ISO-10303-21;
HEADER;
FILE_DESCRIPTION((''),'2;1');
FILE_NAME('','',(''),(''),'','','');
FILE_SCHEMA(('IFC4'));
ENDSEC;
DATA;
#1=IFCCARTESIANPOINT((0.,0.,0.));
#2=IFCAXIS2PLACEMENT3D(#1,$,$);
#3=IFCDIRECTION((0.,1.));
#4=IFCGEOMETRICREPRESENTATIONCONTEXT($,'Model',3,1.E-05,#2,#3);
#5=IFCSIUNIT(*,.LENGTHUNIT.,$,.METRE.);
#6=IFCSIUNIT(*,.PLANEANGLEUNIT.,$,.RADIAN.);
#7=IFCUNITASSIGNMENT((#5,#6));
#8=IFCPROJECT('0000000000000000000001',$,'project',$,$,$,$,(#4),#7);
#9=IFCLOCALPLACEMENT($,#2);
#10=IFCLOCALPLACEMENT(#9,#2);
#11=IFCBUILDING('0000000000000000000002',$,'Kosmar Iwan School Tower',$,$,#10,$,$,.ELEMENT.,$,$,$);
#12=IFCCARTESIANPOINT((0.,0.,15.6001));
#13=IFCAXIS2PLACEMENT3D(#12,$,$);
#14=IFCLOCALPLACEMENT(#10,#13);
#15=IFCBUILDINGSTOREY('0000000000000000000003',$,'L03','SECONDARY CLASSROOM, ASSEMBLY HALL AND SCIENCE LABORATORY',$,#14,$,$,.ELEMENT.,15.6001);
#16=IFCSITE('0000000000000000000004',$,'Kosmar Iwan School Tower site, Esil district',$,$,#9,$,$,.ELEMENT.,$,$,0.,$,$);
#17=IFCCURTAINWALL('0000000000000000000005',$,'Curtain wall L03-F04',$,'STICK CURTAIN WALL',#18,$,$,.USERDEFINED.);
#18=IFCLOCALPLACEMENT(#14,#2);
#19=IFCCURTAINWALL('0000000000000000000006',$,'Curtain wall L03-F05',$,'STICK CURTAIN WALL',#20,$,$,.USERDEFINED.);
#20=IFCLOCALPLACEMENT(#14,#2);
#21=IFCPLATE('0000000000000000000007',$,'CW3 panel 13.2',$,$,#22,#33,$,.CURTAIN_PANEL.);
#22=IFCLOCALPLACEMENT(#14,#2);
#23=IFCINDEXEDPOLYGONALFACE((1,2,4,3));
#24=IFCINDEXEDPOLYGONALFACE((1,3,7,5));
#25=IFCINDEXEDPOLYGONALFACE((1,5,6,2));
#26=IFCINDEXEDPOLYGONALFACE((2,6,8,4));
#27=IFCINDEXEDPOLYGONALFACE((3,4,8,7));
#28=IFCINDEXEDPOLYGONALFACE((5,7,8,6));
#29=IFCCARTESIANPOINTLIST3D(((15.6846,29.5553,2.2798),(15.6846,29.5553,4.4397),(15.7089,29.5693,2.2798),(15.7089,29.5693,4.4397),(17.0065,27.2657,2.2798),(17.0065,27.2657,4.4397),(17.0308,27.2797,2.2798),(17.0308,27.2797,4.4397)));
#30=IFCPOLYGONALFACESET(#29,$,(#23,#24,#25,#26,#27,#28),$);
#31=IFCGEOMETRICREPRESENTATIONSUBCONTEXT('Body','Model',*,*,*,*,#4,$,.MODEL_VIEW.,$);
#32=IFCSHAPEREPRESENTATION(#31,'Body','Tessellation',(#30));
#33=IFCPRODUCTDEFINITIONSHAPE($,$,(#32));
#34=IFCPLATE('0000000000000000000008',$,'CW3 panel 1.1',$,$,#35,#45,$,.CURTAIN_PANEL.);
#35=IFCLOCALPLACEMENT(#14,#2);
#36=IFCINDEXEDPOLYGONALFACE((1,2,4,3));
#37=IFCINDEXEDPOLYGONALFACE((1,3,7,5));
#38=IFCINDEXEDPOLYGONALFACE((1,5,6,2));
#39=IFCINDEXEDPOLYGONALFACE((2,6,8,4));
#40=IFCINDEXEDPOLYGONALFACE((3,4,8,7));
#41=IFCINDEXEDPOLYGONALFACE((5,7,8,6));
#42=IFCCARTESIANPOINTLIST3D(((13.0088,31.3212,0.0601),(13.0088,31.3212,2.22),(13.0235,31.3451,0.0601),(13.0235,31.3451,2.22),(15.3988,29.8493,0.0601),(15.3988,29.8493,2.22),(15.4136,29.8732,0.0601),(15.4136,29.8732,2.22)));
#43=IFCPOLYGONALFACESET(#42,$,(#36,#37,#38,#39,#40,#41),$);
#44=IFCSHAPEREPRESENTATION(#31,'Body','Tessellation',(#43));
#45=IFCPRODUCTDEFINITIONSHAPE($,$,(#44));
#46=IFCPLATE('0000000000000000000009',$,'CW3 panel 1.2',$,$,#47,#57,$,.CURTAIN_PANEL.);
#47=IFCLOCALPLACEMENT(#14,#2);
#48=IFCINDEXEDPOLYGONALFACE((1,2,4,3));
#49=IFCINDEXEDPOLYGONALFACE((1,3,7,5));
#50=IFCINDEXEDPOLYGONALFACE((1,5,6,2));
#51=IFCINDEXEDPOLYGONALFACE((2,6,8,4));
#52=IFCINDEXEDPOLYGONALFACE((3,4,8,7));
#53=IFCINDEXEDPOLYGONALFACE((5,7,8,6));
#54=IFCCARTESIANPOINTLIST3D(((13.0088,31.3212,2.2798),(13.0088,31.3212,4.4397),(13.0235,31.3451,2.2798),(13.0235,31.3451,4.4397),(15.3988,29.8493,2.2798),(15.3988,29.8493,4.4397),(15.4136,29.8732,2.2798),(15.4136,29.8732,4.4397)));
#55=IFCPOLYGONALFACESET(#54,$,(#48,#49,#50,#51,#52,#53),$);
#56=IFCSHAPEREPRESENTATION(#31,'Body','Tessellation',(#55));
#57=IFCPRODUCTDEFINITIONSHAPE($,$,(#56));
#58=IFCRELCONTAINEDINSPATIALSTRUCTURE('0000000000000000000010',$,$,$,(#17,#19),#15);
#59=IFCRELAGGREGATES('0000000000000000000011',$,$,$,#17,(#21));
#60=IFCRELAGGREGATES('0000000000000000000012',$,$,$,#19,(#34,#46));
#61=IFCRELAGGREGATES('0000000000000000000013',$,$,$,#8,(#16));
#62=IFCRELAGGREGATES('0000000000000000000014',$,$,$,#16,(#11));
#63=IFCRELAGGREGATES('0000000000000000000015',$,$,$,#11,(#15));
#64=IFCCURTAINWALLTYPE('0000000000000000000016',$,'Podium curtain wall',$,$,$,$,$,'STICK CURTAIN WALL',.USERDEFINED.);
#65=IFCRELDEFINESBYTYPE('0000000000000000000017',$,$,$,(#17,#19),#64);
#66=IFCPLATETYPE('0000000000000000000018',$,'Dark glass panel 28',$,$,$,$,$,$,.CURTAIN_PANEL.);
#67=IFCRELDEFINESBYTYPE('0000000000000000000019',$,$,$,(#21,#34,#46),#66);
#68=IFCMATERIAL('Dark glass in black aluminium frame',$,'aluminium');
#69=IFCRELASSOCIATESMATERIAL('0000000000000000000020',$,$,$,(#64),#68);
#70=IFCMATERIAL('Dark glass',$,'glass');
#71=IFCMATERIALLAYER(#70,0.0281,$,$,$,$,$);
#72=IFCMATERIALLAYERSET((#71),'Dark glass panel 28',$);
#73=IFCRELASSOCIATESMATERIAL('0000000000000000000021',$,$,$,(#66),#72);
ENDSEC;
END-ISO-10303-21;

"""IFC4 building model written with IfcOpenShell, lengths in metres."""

from ifc_helpers import new_model, si_unit, direction, frame, origin, origin_2d, place, context, subcontext, project, spatial, rectangle, extrude, material, layer, layer_set, type_object, element, aggregate, save


model = new_model("IFC4")

# Units and contexts
model_context = context("Model", 3, precision=1e-05, world=origin(), true_north=direction((0.0, 1.0)))
body_context = subcontext(model_context, "Body", "Model", "MODEL_VIEW")
ifc_project = project(units=[si_unit("LENGTHUNIT", "METRE"), si_unit("PLANEANGLEUNIT", "RADIAN")], contexts=[model_context])

# Site, building, storey
site_placement = place(None, origin())
site = spatial("IfcSite", under=ifc_project, at=site_placement, Name="Kosmar Iwan School Tower site, Esil district", CompositionType="ELEMENT", RefElevation=0.0)
building_placement = place(site_placement, origin())
building = spatial("IfcBuilding", under=site, at=building_placement, Name="Kosmar Iwan School Tower", CompositionType="ELEMENT")
storey_placement = place(building_placement, frame((0.0, 0.0, 15.6001)))
storey = spatial("IfcBuildingStorey", under=building, at=storey_placement, Name="L03", Description="SECONDARY CLASSROOM, ASSEMBLY HALL AND SCIENCE LABORATORY", CompositionType="ELEMENT", Elevation=15.6001)

# Curtain walls
ifc_material_1 = material(Name="Dark glass in black aluminium frame", Category="aluminium")
curtain_wall_type = type_object("IfcCurtainWallType", Name="Podium curtain wall", ElementType="STICK CURTAIN WALL", PredefinedType="USERDEFINED", material=ifc_material_1)
curtain_wall_1_placement = place(storey_placement, origin())
curtain_wall_1 = element("IfcCurtainWall", 1, at=curtain_wall_1_placement, inside=storey, type_object=curtain_wall_type, Name="Curtain wall L03-F04", ObjectType="STICK CURTAIN WALL", PredefinedType="USERDEFINED")
curtain_wall_2_placement = place(storey_placement, origin())
curtain_wall_2 = element("IfcCurtainWall", 2, at=curtain_wall_2_placement, inside=storey, type_object=curtain_wall_type, Name="Curtain wall L03-F05", ObjectType="STICK CURTAIN WALL", PredefinedType="USERDEFINED")

# Plates
ifc_material_2 = material(Name="Dark glass", Category="glass")
ifc_layer = layer(ifc_material_2, 0.0281)
ifc_layer_set = layer_set([ifc_layer], Name="Dark glass panel 28")
plate_type = type_object("IfcPlateType", Name="Dark glass panel 28", PredefinedType="CURTAIN_PANEL", material=ifc_layer_set)
plate_1_placement = place(storey_placement, frame((16.3577, 28.4175, 2.2798), z_axis=(0.0, 0.0, 1.0), x_axis=(-0.5, 0.866025, 0.0)))
plate_1 = element("IfcPlate", 3, at=plate_1_placement, type_object=plate_type, Name="CW3 panel 13.2", PredefinedType="CURTAIN_PANEL", context=body_context, shape_type="SweptSolid", body=[
    extrude(rectangle(XDim=2.6438, YDim=0.0281, at=origin_2d()), origin(), (0.0, 0.0, 1.0), 2.1599),
])
aggregate(curtain_wall_1, [plate_1])
plate_2_placement = place(storey_placement, frame((14.2112, 30.5972, 0.0601), z_axis=(0.0, 0.0, 1.0), x_axis=(-0.851483, 0.524382, 0.0)))
plate_2 = element("IfcPlate", 4, at=plate_2_placement, type_object=plate_type, Name="CW3 panel 1.1", PredefinedType="CURTAIN_PANEL", context=body_context, shape_type="SweptSolid", body=[
    extrude(rectangle(XDim=2.8069, YDim=0.0281, at=origin_2d()), origin(), (0.0, 0.0, 1.0), 2.1599),
])
plate_3_placement = place(storey_placement, frame((14.2112, 30.5972, 2.2798), z_axis=(0.0, 0.0, 1.0), x_axis=(-0.851483, 0.524382, 0.0)))
plate_3 = element("IfcPlate", 5, at=plate_3_placement, type_object=plate_type, Name="CW3 panel 1.2", PredefinedType="CURTAIN_PANEL", context=body_context, shape_type="SweptSolid", body=[
    extrude(rectangle(XDim=2.8069, YDim=0.0281, at=origin_2d()), origin(), (0.0, 0.0, 1.0), 2.1599),
])
aggregate(curtain_wall_2, [plate_2, plate_3])

save(model, "model.ifc")
